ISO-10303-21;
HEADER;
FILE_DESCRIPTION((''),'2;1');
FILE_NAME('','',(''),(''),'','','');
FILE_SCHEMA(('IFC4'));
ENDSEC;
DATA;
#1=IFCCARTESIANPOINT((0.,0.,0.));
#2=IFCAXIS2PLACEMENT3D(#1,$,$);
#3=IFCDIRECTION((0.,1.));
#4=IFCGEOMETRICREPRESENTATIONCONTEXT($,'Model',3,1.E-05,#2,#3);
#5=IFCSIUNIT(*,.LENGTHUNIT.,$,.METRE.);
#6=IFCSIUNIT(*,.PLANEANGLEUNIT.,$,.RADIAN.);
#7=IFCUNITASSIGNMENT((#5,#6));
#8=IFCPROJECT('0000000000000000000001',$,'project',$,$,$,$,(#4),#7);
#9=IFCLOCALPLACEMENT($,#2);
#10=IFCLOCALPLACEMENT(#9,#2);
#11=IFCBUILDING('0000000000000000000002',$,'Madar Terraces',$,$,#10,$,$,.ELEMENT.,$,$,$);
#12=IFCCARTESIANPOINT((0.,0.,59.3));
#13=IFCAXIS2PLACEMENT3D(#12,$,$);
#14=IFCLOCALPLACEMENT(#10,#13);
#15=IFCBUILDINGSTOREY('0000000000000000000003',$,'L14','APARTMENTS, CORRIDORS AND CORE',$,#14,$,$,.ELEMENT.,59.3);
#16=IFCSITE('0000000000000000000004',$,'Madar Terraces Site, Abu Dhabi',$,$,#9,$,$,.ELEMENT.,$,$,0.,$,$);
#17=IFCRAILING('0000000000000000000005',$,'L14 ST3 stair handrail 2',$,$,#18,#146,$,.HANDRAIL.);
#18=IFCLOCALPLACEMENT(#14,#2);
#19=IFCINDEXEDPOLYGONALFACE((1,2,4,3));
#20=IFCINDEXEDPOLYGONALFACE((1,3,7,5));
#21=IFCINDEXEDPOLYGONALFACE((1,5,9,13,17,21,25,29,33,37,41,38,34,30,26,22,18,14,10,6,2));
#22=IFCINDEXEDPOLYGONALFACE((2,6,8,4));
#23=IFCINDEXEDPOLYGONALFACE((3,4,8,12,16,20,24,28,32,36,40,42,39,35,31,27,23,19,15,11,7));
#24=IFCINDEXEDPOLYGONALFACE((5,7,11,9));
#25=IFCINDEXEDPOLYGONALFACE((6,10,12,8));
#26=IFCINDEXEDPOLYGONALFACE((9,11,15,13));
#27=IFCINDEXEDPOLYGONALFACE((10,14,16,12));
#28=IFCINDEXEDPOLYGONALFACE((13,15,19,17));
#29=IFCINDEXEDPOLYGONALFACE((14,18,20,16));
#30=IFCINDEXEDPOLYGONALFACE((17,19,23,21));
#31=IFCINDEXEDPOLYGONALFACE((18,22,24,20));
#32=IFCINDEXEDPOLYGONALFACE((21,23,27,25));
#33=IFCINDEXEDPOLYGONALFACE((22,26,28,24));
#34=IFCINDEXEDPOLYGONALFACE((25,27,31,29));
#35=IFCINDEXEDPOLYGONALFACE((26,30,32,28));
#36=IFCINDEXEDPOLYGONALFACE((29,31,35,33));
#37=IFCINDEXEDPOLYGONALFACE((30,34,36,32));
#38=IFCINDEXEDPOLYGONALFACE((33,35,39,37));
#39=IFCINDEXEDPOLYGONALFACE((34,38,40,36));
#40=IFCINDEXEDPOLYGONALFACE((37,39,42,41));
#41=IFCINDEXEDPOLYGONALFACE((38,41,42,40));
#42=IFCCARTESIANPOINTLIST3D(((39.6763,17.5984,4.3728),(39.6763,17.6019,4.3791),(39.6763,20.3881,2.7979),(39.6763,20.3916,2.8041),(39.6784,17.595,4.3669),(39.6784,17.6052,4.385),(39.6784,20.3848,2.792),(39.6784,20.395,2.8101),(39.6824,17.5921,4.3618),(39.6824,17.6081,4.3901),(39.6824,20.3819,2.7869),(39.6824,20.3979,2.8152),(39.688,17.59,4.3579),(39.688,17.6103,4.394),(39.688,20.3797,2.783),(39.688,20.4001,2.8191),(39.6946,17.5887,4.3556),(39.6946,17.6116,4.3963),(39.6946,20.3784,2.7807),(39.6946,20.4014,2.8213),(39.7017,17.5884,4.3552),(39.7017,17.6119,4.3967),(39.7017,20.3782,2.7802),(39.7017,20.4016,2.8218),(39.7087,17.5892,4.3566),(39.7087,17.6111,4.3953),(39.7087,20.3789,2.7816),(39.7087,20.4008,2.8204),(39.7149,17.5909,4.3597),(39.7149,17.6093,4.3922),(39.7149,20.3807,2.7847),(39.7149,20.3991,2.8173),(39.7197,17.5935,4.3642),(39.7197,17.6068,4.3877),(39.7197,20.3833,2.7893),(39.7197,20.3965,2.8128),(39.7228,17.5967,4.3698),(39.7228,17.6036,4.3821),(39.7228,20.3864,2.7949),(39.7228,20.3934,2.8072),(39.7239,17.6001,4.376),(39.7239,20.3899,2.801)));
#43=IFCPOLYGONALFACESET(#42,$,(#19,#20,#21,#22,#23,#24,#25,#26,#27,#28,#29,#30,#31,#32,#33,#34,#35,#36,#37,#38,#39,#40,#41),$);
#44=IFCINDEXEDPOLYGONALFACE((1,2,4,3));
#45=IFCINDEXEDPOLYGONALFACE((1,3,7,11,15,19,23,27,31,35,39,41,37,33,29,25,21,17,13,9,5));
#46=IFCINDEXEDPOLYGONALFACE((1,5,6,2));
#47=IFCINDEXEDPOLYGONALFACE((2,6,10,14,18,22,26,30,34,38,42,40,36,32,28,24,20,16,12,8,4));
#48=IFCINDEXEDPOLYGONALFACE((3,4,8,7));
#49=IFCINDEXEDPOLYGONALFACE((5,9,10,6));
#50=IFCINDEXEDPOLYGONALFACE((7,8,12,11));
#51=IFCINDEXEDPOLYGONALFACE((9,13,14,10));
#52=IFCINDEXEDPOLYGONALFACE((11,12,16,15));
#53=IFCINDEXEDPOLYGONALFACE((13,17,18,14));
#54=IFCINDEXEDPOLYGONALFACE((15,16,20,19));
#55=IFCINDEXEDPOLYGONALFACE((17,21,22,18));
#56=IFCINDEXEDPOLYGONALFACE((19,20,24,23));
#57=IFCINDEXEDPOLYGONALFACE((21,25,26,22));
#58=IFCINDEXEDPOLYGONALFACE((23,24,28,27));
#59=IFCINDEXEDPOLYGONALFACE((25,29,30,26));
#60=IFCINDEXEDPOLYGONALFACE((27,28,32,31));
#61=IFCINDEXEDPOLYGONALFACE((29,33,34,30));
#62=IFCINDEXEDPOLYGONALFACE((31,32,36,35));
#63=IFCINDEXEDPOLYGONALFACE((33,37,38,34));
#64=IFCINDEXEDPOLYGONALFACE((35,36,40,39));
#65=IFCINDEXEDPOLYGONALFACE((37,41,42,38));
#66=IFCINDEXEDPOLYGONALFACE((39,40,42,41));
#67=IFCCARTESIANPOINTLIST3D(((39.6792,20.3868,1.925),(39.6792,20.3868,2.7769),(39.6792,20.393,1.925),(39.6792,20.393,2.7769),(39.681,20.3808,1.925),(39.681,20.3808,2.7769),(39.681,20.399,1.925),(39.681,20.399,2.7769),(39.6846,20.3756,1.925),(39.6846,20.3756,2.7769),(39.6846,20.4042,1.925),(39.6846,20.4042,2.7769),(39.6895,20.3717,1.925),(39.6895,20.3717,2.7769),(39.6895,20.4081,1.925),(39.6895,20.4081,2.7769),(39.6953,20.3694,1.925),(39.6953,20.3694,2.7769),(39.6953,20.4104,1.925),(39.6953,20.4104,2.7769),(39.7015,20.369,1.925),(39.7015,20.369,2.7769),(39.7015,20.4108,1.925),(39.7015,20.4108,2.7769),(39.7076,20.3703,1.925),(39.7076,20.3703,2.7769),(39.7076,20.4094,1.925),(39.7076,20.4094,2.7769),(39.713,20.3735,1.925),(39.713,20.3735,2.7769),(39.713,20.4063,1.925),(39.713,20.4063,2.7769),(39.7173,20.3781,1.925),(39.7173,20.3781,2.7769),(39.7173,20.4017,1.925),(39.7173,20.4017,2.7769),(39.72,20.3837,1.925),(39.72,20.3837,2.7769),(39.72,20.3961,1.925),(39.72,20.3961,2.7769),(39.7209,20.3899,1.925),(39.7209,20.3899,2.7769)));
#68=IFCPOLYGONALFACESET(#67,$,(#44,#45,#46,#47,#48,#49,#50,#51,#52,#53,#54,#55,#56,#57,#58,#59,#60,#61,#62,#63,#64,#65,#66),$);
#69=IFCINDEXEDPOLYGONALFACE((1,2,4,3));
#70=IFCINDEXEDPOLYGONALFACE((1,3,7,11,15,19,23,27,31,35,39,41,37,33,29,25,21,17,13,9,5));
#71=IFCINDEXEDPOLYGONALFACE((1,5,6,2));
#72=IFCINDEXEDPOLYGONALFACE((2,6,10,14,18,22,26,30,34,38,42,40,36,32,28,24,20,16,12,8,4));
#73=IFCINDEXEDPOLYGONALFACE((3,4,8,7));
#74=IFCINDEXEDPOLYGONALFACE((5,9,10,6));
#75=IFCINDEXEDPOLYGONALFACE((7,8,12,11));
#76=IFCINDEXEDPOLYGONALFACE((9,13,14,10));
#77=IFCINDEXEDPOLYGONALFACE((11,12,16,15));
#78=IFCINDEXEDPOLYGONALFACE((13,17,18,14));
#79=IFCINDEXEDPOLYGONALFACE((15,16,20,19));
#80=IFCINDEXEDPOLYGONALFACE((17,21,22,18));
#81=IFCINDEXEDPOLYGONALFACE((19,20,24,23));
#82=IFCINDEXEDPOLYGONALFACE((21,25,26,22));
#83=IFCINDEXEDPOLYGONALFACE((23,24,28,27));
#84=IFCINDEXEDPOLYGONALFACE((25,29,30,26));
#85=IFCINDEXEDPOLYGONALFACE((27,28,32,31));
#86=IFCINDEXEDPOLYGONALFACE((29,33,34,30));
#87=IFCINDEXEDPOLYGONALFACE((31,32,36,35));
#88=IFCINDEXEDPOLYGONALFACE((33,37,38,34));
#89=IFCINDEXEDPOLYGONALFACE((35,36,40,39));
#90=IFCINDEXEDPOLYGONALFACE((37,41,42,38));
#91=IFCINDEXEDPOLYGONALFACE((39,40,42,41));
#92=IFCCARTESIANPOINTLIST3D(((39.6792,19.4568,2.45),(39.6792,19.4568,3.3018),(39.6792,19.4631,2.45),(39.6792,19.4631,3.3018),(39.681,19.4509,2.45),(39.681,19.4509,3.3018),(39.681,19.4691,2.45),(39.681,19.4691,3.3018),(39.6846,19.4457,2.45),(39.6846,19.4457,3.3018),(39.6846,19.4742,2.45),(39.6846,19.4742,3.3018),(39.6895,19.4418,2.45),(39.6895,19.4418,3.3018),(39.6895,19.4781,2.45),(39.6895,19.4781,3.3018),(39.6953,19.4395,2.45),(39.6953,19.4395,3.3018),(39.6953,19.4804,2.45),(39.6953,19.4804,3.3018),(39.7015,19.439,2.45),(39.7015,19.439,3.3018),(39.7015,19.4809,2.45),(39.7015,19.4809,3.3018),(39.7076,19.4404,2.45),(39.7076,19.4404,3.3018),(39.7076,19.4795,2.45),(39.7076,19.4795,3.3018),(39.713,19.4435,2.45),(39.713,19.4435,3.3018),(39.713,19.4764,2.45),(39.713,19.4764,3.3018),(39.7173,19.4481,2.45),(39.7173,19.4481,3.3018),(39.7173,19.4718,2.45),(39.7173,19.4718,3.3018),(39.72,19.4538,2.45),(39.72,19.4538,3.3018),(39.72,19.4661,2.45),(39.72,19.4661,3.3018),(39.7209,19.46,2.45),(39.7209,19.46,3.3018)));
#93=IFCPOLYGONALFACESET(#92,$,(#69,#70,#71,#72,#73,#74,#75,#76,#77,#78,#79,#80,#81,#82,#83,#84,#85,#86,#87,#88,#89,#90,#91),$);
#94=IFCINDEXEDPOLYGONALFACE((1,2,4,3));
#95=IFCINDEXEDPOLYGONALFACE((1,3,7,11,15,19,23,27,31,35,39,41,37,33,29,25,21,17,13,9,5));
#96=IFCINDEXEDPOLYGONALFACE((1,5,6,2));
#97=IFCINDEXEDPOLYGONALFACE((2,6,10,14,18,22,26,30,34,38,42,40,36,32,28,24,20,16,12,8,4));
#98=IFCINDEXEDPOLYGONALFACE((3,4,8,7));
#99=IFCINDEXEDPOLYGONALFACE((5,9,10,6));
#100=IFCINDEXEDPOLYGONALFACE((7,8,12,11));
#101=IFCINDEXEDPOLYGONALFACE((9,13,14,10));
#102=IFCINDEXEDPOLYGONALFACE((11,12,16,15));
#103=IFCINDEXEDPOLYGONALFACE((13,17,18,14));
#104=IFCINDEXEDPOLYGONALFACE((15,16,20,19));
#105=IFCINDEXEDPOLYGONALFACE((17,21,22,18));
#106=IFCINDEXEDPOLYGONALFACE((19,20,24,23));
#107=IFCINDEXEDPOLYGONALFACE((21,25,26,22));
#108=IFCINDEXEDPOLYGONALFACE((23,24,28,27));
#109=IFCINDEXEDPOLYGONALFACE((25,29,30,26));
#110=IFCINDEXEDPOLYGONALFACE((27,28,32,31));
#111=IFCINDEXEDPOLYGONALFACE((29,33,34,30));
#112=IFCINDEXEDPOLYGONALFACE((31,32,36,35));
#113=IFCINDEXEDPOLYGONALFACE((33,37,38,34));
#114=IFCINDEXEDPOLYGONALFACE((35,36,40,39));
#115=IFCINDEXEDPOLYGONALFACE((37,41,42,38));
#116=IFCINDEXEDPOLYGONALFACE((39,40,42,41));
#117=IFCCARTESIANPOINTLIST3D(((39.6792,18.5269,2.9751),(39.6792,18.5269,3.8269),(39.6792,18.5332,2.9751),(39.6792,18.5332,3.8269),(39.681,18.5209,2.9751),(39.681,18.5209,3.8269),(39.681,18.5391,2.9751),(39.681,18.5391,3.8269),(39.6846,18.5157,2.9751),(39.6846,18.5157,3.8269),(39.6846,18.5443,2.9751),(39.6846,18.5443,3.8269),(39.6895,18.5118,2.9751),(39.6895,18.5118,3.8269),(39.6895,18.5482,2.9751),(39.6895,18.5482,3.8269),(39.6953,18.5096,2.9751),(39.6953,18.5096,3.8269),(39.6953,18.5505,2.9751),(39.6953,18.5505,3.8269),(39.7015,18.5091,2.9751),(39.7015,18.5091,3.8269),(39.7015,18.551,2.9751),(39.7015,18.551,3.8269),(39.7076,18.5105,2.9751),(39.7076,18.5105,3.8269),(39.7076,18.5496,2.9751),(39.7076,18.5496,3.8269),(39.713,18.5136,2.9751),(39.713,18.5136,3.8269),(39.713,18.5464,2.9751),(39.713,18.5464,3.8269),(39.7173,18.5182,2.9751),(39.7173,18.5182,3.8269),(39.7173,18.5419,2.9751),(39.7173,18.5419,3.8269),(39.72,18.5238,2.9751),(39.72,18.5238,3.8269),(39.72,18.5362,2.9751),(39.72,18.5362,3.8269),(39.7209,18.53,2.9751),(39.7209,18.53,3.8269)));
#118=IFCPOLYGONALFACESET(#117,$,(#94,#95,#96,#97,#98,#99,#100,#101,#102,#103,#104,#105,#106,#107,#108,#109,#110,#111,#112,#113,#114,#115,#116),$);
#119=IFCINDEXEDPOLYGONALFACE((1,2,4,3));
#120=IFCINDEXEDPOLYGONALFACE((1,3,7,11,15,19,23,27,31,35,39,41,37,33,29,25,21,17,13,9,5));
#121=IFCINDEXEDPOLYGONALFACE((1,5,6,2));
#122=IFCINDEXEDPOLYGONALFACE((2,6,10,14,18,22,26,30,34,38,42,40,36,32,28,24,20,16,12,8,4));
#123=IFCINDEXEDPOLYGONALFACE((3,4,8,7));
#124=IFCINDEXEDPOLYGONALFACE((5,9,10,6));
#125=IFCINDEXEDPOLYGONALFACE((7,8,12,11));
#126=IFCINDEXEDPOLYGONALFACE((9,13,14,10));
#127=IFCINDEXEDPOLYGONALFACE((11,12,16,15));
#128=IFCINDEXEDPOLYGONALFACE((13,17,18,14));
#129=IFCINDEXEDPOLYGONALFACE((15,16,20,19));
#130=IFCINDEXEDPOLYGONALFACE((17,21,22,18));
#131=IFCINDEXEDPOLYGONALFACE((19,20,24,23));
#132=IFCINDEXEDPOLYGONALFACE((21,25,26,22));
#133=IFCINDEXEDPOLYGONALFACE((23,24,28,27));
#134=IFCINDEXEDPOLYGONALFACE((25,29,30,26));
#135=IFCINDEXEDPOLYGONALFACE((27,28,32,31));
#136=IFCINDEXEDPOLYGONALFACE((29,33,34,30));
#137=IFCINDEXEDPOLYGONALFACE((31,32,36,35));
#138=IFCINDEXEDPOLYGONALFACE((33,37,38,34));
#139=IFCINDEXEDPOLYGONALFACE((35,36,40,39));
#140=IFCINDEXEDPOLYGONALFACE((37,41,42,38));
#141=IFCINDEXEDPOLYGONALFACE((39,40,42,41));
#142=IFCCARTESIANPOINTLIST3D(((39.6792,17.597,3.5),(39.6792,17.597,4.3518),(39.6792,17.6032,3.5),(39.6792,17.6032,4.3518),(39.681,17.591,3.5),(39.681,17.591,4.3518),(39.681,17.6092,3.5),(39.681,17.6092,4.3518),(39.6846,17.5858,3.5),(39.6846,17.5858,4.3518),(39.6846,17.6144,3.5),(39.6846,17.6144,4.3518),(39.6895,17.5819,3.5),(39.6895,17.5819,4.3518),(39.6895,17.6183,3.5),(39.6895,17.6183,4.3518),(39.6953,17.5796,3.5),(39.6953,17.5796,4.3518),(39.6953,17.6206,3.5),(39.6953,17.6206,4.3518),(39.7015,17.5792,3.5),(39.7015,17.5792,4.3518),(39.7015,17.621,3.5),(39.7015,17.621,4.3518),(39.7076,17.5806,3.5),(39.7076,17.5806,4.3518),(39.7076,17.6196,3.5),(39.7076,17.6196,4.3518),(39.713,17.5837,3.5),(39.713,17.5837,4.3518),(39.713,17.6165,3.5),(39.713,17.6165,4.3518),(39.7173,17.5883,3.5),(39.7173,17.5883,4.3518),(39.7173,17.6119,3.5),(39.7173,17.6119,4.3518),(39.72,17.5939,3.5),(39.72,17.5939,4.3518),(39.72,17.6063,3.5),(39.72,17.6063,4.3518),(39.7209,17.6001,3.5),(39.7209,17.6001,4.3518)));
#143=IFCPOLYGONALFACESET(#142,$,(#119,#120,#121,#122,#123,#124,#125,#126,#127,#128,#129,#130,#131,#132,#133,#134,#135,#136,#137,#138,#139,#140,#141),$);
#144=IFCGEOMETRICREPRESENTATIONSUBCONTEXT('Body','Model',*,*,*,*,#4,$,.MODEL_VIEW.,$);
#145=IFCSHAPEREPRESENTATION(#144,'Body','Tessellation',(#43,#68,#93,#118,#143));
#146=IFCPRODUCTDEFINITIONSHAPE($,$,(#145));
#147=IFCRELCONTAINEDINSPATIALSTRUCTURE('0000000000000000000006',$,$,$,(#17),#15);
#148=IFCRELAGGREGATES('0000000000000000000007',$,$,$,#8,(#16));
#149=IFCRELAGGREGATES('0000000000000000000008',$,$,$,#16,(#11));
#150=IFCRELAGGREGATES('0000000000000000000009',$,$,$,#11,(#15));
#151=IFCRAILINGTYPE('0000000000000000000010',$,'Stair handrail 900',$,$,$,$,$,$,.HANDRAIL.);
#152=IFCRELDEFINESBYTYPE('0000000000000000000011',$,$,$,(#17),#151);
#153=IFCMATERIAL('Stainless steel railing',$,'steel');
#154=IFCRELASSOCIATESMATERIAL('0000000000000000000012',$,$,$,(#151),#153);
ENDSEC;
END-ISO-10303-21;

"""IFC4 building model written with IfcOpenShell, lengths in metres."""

from ifc_helpers import new_model, si_unit, direction, frame, origin, origin_2d, place, context, subcontext, project, spatial, circle, extrude, material, type_object, element, save


model = new_model("IFC4")

# Units and contexts
model_context = context("Model", 3, precision=1e-05, world=origin(), true_north=direction((0.0, 1.0)))
body_context = subcontext(model_context, "Body", "Model", "MODEL_VIEW")
ifc_project = project(units=[si_unit("LENGTHUNIT", "METRE"), si_unit("PLANEANGLEUNIT", "RADIAN")], contexts=[model_context])

# Site, building, storey
site_placement = place(None, origin())
site = spatial("IfcSite", under=ifc_project, at=site_placement, Name="Madar Terraces Site, Abu Dhabi", CompositionType="ELEMENT", RefElevation=0.0)
building_placement = place(site_placement, origin())
building = spatial("IfcBuilding", under=site, at=building_placement, Name="Madar Terraces", CompositionType="ELEMENT")
storey_placement = place(building_placement, frame((0.0, 0.0, 59.3)))
storey = spatial("IfcBuildingStorey", under=building, at=storey_placement, Name="L14", Description="APARTMENTS, CORRIDORS AND CORE", CompositionType="ELEMENT", Elevation=59.3)

# Railing
ifc_material_1 = material(Name="Stainless steel railing", Category="steel")
railing_type_1 = type_object("IfcRailingType", Name="Stair handrail 900", PredefinedType="HANDRAIL", material=ifc_material_1)
railing_1_placement = place(storey_placement, frame((39.7, 20.3899, 1.925)))
element("IfcRailing", 1, at=railing_1_placement, inside=storey, type_object=railing_type_1, Name="L14 ST3 stair handrail 2", PredefinedType="HANDRAIL", context=body_context, shape_type="SweptSolid", body=[
    extrude(circle(Radius=0.0239, at=origin_2d()), frame((0.0, 0.0, 0.876), z_axis=(0.0, -0.870815, 0.49161), x_axis=(1.0, 0.0, 0.0)), (0.0, 0.0, 1.0), 3.2036),
    extrude(circle(Radius=0.021, at=origin_2d()), origin(), (0.0, 0.0, 1.0), 0.8518),
    extrude(circle(Radius=0.021, at=origin_2d()), frame((0.0, -0.9299, 0.5249)), (0.0, 0.0, 1.0), 0.8518),
    extrude(circle(Radius=0.021, at=origin_2d()), frame((0.0, -1.8599, 1.05)), (0.0, 0.0, 1.0), 0.8518),
    extrude(circle(Radius=0.021, at=origin_2d()), frame((0.0, -2.7898, 1.575)), (0.0, 0.0, 1.0), 0.8518),
])

save(model, "model.ifc")
